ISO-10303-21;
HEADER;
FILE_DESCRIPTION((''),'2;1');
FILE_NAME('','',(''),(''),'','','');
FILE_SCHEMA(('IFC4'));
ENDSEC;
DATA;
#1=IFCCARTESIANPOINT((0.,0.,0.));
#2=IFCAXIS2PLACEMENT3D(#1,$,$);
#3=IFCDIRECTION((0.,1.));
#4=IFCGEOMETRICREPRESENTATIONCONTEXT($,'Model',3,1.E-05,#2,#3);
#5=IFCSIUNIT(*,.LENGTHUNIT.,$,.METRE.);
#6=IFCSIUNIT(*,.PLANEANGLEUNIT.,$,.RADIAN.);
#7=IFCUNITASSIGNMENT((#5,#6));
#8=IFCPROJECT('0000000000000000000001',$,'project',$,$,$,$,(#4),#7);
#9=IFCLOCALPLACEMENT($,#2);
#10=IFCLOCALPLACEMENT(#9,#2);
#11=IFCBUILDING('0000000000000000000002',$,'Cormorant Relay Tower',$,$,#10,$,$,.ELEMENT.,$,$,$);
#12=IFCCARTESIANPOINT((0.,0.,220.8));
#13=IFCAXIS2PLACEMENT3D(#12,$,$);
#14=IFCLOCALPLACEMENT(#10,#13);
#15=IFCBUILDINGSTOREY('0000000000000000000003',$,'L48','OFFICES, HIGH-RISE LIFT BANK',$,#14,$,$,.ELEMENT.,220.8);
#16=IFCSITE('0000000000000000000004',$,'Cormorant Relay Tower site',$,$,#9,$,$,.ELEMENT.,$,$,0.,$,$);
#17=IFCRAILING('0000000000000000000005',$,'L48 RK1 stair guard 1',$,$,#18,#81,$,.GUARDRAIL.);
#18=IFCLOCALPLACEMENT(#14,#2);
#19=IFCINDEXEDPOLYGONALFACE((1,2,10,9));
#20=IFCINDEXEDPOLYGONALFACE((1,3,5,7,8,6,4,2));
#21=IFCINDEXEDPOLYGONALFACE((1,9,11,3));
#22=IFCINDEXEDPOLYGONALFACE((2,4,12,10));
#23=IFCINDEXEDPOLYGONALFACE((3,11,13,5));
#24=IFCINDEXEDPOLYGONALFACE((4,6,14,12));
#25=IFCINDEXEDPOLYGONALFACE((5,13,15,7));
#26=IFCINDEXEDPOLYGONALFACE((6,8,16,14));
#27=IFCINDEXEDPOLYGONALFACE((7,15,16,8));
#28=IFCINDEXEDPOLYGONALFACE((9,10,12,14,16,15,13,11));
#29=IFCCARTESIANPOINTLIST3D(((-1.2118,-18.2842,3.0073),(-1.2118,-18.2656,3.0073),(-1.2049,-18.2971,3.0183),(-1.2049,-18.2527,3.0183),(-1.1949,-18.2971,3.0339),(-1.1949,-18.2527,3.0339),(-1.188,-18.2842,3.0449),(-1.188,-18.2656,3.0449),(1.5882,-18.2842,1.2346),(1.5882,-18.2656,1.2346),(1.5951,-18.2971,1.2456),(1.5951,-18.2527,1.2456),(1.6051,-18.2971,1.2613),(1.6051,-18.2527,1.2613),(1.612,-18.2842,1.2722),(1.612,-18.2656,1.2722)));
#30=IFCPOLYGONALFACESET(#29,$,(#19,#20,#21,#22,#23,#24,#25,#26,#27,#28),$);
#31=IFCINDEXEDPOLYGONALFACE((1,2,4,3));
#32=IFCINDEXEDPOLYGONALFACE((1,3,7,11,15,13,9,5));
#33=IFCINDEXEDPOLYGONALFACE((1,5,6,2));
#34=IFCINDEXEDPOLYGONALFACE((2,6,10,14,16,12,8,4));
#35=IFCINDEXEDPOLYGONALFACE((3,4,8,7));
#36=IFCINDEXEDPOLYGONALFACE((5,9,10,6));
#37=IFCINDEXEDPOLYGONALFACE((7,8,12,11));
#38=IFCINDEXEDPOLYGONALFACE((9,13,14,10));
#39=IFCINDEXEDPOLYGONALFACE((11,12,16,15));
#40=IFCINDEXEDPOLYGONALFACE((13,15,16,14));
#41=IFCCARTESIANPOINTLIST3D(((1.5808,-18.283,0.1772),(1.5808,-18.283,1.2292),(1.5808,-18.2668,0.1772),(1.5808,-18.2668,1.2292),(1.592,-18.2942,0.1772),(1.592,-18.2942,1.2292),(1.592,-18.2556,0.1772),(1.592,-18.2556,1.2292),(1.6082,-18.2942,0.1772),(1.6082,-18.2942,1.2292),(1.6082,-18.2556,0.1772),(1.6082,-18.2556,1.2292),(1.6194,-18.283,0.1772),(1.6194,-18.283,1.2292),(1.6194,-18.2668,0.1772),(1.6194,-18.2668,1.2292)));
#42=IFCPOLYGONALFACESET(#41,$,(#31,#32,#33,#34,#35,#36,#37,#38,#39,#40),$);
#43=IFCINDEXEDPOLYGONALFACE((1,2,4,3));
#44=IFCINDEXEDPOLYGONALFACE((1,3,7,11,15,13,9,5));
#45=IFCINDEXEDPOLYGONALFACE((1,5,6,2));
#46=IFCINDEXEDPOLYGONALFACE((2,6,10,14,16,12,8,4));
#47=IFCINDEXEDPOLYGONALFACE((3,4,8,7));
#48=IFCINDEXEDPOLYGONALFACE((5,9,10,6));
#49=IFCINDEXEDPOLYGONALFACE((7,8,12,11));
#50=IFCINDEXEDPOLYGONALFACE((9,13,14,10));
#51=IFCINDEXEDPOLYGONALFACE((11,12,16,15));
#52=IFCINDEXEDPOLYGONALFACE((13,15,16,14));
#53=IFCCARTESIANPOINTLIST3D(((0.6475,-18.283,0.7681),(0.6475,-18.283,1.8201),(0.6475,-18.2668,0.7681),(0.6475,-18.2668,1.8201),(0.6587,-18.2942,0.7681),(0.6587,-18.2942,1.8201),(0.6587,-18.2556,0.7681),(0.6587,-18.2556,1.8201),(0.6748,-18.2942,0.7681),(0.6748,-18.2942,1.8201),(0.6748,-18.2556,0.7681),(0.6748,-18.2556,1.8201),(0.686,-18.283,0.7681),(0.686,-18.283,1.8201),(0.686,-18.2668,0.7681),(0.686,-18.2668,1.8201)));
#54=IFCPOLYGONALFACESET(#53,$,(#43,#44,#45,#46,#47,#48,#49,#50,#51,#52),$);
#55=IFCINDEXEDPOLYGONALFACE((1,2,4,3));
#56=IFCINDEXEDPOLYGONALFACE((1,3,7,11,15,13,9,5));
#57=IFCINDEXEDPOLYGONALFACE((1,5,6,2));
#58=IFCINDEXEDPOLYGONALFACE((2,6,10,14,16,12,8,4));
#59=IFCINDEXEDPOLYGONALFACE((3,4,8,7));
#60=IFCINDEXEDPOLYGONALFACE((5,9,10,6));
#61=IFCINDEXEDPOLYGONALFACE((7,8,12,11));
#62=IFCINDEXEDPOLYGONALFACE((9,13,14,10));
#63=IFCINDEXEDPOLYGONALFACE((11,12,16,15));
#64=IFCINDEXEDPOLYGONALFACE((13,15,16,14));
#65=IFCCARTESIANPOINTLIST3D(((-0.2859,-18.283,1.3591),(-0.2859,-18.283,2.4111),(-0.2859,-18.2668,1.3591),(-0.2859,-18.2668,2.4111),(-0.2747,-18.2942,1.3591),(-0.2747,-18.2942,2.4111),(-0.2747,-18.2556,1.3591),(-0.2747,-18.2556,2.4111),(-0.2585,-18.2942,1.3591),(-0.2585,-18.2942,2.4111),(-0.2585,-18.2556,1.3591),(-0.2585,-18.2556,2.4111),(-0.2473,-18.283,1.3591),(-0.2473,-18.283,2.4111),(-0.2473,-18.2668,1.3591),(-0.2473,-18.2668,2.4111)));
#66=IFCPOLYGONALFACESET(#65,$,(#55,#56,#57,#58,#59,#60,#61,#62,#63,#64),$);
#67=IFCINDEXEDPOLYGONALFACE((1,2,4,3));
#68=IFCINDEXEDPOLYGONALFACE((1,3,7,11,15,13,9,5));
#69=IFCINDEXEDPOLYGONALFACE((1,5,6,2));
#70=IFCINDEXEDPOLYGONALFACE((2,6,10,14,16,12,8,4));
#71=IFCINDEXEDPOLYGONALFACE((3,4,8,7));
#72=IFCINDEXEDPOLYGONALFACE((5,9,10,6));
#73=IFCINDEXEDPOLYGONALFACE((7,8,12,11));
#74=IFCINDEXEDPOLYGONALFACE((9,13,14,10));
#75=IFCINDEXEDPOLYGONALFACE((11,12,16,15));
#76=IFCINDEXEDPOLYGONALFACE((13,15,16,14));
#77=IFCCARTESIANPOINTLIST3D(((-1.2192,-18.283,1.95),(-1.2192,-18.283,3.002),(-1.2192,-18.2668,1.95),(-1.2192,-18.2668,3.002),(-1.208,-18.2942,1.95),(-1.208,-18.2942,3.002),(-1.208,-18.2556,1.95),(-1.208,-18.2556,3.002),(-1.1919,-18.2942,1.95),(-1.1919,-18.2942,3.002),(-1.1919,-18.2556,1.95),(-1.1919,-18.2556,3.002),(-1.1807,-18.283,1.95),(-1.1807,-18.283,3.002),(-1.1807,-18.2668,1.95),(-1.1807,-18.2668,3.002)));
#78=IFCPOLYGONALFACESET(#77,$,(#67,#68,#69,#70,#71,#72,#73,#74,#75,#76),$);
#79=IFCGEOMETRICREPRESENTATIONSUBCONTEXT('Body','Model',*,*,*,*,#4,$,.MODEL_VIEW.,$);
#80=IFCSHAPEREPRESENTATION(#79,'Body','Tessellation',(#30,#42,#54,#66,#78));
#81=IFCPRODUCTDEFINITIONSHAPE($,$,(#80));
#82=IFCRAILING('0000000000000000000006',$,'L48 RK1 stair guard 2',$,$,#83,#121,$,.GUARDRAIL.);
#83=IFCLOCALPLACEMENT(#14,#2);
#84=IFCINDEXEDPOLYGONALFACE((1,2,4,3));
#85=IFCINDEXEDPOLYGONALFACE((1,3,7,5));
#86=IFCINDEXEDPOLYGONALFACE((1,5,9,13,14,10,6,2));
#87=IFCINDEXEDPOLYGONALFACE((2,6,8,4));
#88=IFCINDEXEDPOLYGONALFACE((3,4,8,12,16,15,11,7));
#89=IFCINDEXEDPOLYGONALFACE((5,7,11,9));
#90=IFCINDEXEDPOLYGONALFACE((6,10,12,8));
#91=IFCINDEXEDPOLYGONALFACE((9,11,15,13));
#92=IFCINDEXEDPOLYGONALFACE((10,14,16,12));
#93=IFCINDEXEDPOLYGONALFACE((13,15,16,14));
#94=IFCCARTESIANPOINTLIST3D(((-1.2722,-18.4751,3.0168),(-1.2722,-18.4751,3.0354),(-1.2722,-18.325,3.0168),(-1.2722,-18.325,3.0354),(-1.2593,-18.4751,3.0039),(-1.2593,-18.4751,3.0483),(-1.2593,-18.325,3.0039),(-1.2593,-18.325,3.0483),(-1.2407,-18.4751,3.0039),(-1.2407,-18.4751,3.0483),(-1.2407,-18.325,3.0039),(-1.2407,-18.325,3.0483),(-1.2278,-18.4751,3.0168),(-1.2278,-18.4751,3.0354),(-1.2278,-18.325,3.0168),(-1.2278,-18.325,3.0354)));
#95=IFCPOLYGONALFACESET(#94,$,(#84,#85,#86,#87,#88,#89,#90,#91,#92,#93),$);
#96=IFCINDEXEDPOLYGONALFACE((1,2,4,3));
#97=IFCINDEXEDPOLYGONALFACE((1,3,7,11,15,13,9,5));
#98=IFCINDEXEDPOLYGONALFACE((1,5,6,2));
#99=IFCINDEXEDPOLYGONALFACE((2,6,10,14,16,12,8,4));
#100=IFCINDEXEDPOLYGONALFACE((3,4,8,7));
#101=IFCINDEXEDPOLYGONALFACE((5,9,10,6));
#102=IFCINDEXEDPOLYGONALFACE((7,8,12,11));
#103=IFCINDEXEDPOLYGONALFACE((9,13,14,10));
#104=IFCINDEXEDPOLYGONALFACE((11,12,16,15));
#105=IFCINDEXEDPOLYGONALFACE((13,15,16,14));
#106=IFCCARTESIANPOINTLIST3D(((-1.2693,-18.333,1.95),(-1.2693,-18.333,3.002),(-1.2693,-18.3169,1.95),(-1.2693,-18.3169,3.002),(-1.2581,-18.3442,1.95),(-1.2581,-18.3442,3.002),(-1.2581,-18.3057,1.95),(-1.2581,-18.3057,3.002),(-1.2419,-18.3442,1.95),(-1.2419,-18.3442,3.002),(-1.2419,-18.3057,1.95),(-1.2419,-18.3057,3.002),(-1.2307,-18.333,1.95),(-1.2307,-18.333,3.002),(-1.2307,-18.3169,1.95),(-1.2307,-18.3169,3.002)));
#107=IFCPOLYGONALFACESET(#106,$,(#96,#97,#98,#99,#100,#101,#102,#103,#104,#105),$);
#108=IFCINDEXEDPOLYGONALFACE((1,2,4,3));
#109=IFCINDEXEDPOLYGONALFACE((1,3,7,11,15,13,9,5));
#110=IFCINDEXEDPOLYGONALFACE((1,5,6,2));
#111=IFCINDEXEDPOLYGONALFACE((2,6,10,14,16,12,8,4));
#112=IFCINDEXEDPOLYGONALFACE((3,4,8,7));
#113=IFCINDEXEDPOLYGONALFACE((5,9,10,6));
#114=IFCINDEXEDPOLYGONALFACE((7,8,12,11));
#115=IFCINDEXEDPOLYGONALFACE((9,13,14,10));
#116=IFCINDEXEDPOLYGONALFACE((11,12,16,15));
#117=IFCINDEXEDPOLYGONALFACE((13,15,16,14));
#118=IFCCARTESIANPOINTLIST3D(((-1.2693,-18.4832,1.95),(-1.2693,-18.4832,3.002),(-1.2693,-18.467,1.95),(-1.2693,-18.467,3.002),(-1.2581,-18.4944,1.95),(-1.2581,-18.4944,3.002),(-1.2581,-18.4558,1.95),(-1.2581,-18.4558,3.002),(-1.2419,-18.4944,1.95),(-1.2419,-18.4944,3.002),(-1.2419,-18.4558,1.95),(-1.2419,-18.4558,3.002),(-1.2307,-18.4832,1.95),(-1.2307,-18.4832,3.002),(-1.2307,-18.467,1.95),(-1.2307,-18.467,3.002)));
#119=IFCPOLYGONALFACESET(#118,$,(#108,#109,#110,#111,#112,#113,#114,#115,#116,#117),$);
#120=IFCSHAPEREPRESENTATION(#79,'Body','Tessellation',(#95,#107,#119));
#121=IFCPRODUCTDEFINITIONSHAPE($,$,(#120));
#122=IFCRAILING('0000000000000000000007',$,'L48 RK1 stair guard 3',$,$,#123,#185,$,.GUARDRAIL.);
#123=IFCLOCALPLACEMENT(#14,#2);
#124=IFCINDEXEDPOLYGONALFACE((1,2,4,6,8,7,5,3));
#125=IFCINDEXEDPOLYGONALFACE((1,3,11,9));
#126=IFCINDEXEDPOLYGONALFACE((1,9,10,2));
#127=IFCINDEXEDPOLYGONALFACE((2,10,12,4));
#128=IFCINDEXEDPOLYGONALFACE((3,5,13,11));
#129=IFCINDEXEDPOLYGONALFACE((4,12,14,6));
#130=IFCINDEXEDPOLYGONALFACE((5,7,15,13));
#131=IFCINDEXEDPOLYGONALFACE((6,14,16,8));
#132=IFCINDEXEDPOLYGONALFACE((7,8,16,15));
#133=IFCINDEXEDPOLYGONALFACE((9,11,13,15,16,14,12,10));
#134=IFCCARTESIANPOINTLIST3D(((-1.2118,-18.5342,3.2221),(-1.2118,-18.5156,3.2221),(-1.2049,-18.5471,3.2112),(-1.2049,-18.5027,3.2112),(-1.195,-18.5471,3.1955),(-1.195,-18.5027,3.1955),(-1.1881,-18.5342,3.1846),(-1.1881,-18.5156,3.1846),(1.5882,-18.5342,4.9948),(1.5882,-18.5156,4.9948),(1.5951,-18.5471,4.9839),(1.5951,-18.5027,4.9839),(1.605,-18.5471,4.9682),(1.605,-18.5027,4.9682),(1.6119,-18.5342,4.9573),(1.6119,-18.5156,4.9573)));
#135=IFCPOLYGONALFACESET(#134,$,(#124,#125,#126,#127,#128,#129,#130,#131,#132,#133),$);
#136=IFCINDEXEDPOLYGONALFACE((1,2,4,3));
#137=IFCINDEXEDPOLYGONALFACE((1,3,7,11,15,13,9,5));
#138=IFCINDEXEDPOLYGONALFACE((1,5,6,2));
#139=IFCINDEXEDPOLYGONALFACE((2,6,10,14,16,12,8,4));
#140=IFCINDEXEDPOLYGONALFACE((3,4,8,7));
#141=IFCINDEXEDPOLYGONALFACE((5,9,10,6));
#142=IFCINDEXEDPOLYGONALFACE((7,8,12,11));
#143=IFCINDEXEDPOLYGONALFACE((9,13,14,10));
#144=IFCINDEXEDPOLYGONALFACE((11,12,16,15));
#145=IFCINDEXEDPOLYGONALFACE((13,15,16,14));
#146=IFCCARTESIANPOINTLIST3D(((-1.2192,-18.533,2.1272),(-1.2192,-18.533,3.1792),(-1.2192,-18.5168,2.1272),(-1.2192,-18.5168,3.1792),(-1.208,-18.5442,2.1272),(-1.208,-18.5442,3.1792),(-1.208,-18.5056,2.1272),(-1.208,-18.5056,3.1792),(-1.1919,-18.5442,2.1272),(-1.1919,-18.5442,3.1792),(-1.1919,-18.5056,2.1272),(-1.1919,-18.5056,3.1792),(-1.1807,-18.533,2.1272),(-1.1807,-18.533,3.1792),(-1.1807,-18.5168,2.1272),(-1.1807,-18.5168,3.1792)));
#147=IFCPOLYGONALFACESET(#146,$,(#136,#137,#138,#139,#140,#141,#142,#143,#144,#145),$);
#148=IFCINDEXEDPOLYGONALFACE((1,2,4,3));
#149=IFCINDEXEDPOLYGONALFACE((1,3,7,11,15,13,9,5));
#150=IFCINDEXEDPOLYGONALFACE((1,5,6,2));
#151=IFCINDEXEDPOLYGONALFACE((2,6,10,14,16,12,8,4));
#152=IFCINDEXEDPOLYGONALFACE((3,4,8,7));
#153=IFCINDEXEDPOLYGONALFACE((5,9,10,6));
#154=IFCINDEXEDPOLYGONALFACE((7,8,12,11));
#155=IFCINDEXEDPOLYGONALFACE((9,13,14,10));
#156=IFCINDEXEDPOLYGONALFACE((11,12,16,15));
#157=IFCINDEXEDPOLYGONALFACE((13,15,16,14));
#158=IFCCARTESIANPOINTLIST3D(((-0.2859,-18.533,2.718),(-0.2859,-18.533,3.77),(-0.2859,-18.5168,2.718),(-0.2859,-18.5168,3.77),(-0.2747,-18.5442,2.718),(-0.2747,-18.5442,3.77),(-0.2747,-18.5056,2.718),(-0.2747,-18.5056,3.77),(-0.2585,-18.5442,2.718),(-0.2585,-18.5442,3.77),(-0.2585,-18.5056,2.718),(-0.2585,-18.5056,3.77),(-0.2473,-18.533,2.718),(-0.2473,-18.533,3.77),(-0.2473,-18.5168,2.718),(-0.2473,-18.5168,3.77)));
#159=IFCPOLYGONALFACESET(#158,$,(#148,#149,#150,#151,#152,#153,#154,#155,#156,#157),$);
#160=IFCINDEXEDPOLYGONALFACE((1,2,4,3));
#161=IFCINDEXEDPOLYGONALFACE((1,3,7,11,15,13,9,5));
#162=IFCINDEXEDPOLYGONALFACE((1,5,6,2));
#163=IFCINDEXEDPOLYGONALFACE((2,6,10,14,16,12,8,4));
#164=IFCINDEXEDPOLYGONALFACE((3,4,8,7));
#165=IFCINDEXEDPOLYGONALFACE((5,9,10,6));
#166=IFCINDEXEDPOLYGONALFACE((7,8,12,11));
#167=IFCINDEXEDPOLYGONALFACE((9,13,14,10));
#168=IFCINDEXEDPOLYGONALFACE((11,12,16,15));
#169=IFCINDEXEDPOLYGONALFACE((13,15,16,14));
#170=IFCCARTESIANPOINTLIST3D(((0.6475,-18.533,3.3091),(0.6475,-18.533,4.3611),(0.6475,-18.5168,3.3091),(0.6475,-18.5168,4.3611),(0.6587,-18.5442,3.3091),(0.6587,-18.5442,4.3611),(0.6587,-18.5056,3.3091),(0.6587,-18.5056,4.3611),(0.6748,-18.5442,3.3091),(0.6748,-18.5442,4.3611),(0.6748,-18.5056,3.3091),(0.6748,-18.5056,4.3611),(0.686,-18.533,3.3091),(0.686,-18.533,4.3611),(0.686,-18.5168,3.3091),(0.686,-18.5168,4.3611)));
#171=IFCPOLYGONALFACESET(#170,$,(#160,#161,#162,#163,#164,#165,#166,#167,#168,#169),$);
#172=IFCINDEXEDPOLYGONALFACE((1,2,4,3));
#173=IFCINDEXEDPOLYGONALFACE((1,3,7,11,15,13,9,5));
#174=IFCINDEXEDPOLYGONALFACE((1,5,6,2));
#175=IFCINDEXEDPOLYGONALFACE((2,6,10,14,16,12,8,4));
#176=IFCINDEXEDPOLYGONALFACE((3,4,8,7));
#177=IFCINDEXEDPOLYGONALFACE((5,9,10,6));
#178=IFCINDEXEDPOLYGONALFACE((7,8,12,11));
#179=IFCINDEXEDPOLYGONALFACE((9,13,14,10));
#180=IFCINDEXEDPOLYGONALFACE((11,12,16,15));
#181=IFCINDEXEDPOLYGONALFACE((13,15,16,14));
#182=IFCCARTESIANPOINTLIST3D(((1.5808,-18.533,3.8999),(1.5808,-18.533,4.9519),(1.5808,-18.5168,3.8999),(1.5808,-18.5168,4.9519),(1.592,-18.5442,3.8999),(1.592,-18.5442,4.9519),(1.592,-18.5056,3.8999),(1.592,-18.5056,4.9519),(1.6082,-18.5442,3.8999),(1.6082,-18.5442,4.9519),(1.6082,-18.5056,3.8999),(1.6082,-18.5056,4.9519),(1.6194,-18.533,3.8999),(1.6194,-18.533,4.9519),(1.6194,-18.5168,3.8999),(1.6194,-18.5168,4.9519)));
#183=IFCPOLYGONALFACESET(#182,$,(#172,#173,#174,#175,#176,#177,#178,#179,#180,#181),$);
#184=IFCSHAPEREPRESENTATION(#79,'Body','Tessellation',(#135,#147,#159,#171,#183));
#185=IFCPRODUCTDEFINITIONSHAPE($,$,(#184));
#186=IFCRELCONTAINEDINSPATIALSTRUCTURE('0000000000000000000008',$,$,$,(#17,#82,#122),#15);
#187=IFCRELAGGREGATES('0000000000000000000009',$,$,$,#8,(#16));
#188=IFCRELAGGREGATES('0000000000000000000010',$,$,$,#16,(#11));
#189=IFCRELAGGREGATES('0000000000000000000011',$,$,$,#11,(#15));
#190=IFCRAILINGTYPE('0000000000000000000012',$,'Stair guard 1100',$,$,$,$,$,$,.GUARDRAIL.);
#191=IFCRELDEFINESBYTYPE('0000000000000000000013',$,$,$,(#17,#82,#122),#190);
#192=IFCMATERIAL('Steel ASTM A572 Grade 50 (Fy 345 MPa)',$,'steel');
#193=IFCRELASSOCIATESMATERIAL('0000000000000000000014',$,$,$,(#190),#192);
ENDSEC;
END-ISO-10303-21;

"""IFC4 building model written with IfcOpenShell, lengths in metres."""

from ifc_helpers import new_model, si_unit, direction, frame, origin, place, context, subcontext, project, spatial, polyline, outline, extrude, material, type_object, element, save


model = new_model("IFC4")

# Units and contexts
model_context = context("Model", 3, precision=1e-05, world=origin(), true_north=direction((0.0, 1.0)))
body_context = subcontext(model_context, "Body", "Model", "MODEL_VIEW")
ifc_project = project(units=[si_unit("LENGTHUNIT", "METRE"), si_unit("PLANEANGLEUNIT", "RADIAN")], contexts=[model_context])

# Site, building, storey
site_placement = place(None, origin())
site = spatial("IfcSite", under=ifc_project, at=site_placement, Name="Cormorant Relay Tower site", CompositionType="ELEMENT", RefElevation=0.0)
building_placement = place(site_placement, origin())
building = spatial("IfcBuilding", under=site, at=building_placement, Name="Cormorant Relay Tower", CompositionType="ELEMENT")
storey_placement = place(building_placement, frame((0.0, 0.0, 220.8)))
storey = spatial("IfcBuildingStorey", under=building, at=storey_placement, Name="L48", Description="OFFICES, HIGH-RISE LIFT BANK", CompositionType="ELEMENT", Elevation=220.8)

# Railings
ifc_material_1 = material(Name="Steel ASTM A572 Grade 50 (Fy 345 MPa)", Category="steel")
railing_type_1 = type_object("IfcRailingType", Name="Stair guard 1100", PredefinedType="GUARDRAIL", material=ifc_material_1)
railing_1_placement = place(storey_placement, frame((1.6001, -18.2749, 0.1772)))
element("IfcRailing", 1, at=railing_1_placement, inside=storey, type_object=railing_type_1, Name="L48 RK1 stair guard 1", PredefinedType="GUARDRAIL", context=body_context, shape_type="SweptSolid", body=[
    extrude(outline(polyline([(0.0222, 0.0093), (0.0093, 0.0222), (-0.0093, 0.0222), (-0.0222, 0.0093), (-0.0222, -0.0093), (-0.0093, -0.0222), (0.0093, -0.0222), (0.0222, -0.0093), (0.0222, 0.0093)])), frame((0.0, 0.0, 1.0762), z_axis=(-0.844909, 0.0, 0.53491), x_axis=(0.0, -1.0, 0.0)), (0.0, 0.0, 1.0), 3.314),
    extrude(outline(polyline([(0.0193, 0.0081), (0.0081, 0.0193), (-0.0081, 0.0193), (-0.0193, 0.0081), (-0.0193, -0.0081), (-0.0081, -0.0193), (0.0081, -0.0193), (0.0193, -0.0081), (0.0193, 0.0081)])), origin(), (0.0, 0.0, 1.0), 1.052),
    extrude(outline(polyline([(0.0193, 0.0081), (0.0081, 0.0193), (-0.0081, 0.0193), (-0.0193, 0.0081), (-0.0193, -0.0081), (-0.0081, -0.0193), (0.0081, -0.0193), (0.0193, -0.0081), (0.0193, 0.0081)])), frame((-0.9333, 0.0, 0.5908)), (0.0, 0.0, 1.0), 1.052),
    extrude(outline(polyline([(0.0193, 0.0081), (0.0081, 0.0193), (-0.0081, 0.0193), (-0.0193, 0.0081), (-0.0193, -0.0081), (-0.0081, -0.0193), (0.0081, -0.0193), (0.0193, -0.0081), (0.0193, 0.0081)])), frame((-1.8667, 0.0, 1.1819)), (0.0, 0.0, 1.0), 1.052),
    extrude(outline(polyline([(0.0193, 0.0081), (0.0081, 0.0193), (-0.0081, 0.0193), (-0.0193, 0.0081), (-0.0193, -0.0081), (-0.0081, -0.0193), (0.0081, -0.0193), (0.0193, -0.0081), (0.0193, 0.0081)])), frame((-2.8, 0.0, 1.7727)), (0.0, 0.0, 1.0), 1.052),
])
railing_2_placement = place(storey_placement, frame((-1.25, -18.325, 1.95)))
element("IfcRailing", 2, at=railing_2_placement, inside=storey, type_object=railing_type_1, Name="L48 RK1 stair guard 2", PredefinedType="GUARDRAIL", context=body_context, shape_type="SweptSolid", body=[
    extrude(outline(polyline([(0.0222, 0.0093), (0.0093, 0.0222), (-0.0093, 0.0222), (-0.0222, 0.0093), (-0.0222, -0.0093), (-0.0093, -0.0222), (0.0093, -0.0222), (0.0222, -0.0093), (0.0222, 0.0093)])), frame((0.0, 0.0, 1.0762), z_axis=(0.0, -1.0, 0.0), x_axis=(1.0, 0.0, 0.0)), (0.0, 0.0, 1.0), 0.1501),
    extrude(outline(polyline([(0.0193, 0.0081), (0.0081, 0.0193), (-0.0081, 0.0193), (-0.0193, 0.0081), (-0.0193, -0.0081), (-0.0081, -0.0193), (0.0081, -0.0193), (0.0193, -0.0081), (0.0193, 0.0081)])), origin(), (0.0, 0.0, 1.0), 1.052),
    extrude(outline(polyline([(0.0193, 0.0081), (0.0081, 0.0193), (-0.0081, 0.0193), (-0.0193, 0.0081), (-0.0193, -0.0081), (-0.0081, -0.0193), (0.0081, -0.0193), (0.0193, -0.0081), (0.0193, 0.0081)])), frame((0.0, -0.1501, 0.0)), (0.0, 0.0, 1.0), 1.052),
])
railing_3_placement = place(storey_placement, frame((-1.2, -18.5249, 2.1272)))
element("IfcRailing", 3, at=railing_3_placement, inside=storey, type_object=railing_type_1, Name="L48 RK1 stair guard 3", PredefinedType="GUARDRAIL", context=body_context, shape_type="SweptSolid", body=[
    extrude(outline(polyline([(0.0222, 0.0093), (0.0093, 0.0222), (-0.0093, 0.0222), (-0.0222, 0.0093), (-0.0222, -0.0093), (-0.0093, -0.0222), (0.0093, -0.0222), (0.0222, -0.0093), (0.0222, 0.0093)])), frame((0.0, 0.0, 1.0762), z_axis=(0.844909, 0.0, 0.53491), x_axis=(0.0, 1.0, 0.0)), (0.0, 0.0, 1.0), 3.314),
    extrude(outline(polyline([(0.0193, 0.0081), (0.0081, 0.0193), (-0.0081, 0.0193), (-0.0193, 0.0081), (-0.0193, -0.0081), (-0.0081, -0.0193), (0.0081, -0.0193), (0.0193, -0.0081), (0.0193, 0.0081)])), origin(), (0.0, 0.0, 1.0), 1.052),
    extrude(outline(polyline([(0.0193, 0.0081), (0.0081, 0.0193), (-0.0081, 0.0193), (-0.0193, 0.0081), (-0.0193, -0.0081), (-0.0081, -0.0193), (0.0081, -0.0193), (0.0193, -0.0081), (0.0193, 0.0081)])), frame((0.9333, 0.0, 0.5908)), (0.0, 0.0, 1.0), 1.052),
    extrude(outline(polyline([(0.0193, 0.0081), (0.0081, 0.0193), (-0.0081, 0.0193), (-0.0193, 0.0081), (-0.0193, -0.0081), (-0.0081, -0.0193), (0.0081, -0.0193), (0.0193, -0.0081), (0.0193, 0.0081)])), frame((1.8667, 0.0, 1.1819)), (0.0, 0.0, 1.0), 1.052),
    extrude(outline(polyline([(0.0193, 0.0081), (0.0081, 0.0193), (-0.0081, 0.0193), (-0.0193, 0.0081), (-0.0193, -0.0081), (-0.0081, -0.0193), (0.0081, -0.0193), (0.0193, -0.0081), (0.0193, 0.0081)])), frame((2.8, 0.0, 1.7727)), (0.0, 0.0, 1.0), 1.052),
])

save(model, "model.ifc")
